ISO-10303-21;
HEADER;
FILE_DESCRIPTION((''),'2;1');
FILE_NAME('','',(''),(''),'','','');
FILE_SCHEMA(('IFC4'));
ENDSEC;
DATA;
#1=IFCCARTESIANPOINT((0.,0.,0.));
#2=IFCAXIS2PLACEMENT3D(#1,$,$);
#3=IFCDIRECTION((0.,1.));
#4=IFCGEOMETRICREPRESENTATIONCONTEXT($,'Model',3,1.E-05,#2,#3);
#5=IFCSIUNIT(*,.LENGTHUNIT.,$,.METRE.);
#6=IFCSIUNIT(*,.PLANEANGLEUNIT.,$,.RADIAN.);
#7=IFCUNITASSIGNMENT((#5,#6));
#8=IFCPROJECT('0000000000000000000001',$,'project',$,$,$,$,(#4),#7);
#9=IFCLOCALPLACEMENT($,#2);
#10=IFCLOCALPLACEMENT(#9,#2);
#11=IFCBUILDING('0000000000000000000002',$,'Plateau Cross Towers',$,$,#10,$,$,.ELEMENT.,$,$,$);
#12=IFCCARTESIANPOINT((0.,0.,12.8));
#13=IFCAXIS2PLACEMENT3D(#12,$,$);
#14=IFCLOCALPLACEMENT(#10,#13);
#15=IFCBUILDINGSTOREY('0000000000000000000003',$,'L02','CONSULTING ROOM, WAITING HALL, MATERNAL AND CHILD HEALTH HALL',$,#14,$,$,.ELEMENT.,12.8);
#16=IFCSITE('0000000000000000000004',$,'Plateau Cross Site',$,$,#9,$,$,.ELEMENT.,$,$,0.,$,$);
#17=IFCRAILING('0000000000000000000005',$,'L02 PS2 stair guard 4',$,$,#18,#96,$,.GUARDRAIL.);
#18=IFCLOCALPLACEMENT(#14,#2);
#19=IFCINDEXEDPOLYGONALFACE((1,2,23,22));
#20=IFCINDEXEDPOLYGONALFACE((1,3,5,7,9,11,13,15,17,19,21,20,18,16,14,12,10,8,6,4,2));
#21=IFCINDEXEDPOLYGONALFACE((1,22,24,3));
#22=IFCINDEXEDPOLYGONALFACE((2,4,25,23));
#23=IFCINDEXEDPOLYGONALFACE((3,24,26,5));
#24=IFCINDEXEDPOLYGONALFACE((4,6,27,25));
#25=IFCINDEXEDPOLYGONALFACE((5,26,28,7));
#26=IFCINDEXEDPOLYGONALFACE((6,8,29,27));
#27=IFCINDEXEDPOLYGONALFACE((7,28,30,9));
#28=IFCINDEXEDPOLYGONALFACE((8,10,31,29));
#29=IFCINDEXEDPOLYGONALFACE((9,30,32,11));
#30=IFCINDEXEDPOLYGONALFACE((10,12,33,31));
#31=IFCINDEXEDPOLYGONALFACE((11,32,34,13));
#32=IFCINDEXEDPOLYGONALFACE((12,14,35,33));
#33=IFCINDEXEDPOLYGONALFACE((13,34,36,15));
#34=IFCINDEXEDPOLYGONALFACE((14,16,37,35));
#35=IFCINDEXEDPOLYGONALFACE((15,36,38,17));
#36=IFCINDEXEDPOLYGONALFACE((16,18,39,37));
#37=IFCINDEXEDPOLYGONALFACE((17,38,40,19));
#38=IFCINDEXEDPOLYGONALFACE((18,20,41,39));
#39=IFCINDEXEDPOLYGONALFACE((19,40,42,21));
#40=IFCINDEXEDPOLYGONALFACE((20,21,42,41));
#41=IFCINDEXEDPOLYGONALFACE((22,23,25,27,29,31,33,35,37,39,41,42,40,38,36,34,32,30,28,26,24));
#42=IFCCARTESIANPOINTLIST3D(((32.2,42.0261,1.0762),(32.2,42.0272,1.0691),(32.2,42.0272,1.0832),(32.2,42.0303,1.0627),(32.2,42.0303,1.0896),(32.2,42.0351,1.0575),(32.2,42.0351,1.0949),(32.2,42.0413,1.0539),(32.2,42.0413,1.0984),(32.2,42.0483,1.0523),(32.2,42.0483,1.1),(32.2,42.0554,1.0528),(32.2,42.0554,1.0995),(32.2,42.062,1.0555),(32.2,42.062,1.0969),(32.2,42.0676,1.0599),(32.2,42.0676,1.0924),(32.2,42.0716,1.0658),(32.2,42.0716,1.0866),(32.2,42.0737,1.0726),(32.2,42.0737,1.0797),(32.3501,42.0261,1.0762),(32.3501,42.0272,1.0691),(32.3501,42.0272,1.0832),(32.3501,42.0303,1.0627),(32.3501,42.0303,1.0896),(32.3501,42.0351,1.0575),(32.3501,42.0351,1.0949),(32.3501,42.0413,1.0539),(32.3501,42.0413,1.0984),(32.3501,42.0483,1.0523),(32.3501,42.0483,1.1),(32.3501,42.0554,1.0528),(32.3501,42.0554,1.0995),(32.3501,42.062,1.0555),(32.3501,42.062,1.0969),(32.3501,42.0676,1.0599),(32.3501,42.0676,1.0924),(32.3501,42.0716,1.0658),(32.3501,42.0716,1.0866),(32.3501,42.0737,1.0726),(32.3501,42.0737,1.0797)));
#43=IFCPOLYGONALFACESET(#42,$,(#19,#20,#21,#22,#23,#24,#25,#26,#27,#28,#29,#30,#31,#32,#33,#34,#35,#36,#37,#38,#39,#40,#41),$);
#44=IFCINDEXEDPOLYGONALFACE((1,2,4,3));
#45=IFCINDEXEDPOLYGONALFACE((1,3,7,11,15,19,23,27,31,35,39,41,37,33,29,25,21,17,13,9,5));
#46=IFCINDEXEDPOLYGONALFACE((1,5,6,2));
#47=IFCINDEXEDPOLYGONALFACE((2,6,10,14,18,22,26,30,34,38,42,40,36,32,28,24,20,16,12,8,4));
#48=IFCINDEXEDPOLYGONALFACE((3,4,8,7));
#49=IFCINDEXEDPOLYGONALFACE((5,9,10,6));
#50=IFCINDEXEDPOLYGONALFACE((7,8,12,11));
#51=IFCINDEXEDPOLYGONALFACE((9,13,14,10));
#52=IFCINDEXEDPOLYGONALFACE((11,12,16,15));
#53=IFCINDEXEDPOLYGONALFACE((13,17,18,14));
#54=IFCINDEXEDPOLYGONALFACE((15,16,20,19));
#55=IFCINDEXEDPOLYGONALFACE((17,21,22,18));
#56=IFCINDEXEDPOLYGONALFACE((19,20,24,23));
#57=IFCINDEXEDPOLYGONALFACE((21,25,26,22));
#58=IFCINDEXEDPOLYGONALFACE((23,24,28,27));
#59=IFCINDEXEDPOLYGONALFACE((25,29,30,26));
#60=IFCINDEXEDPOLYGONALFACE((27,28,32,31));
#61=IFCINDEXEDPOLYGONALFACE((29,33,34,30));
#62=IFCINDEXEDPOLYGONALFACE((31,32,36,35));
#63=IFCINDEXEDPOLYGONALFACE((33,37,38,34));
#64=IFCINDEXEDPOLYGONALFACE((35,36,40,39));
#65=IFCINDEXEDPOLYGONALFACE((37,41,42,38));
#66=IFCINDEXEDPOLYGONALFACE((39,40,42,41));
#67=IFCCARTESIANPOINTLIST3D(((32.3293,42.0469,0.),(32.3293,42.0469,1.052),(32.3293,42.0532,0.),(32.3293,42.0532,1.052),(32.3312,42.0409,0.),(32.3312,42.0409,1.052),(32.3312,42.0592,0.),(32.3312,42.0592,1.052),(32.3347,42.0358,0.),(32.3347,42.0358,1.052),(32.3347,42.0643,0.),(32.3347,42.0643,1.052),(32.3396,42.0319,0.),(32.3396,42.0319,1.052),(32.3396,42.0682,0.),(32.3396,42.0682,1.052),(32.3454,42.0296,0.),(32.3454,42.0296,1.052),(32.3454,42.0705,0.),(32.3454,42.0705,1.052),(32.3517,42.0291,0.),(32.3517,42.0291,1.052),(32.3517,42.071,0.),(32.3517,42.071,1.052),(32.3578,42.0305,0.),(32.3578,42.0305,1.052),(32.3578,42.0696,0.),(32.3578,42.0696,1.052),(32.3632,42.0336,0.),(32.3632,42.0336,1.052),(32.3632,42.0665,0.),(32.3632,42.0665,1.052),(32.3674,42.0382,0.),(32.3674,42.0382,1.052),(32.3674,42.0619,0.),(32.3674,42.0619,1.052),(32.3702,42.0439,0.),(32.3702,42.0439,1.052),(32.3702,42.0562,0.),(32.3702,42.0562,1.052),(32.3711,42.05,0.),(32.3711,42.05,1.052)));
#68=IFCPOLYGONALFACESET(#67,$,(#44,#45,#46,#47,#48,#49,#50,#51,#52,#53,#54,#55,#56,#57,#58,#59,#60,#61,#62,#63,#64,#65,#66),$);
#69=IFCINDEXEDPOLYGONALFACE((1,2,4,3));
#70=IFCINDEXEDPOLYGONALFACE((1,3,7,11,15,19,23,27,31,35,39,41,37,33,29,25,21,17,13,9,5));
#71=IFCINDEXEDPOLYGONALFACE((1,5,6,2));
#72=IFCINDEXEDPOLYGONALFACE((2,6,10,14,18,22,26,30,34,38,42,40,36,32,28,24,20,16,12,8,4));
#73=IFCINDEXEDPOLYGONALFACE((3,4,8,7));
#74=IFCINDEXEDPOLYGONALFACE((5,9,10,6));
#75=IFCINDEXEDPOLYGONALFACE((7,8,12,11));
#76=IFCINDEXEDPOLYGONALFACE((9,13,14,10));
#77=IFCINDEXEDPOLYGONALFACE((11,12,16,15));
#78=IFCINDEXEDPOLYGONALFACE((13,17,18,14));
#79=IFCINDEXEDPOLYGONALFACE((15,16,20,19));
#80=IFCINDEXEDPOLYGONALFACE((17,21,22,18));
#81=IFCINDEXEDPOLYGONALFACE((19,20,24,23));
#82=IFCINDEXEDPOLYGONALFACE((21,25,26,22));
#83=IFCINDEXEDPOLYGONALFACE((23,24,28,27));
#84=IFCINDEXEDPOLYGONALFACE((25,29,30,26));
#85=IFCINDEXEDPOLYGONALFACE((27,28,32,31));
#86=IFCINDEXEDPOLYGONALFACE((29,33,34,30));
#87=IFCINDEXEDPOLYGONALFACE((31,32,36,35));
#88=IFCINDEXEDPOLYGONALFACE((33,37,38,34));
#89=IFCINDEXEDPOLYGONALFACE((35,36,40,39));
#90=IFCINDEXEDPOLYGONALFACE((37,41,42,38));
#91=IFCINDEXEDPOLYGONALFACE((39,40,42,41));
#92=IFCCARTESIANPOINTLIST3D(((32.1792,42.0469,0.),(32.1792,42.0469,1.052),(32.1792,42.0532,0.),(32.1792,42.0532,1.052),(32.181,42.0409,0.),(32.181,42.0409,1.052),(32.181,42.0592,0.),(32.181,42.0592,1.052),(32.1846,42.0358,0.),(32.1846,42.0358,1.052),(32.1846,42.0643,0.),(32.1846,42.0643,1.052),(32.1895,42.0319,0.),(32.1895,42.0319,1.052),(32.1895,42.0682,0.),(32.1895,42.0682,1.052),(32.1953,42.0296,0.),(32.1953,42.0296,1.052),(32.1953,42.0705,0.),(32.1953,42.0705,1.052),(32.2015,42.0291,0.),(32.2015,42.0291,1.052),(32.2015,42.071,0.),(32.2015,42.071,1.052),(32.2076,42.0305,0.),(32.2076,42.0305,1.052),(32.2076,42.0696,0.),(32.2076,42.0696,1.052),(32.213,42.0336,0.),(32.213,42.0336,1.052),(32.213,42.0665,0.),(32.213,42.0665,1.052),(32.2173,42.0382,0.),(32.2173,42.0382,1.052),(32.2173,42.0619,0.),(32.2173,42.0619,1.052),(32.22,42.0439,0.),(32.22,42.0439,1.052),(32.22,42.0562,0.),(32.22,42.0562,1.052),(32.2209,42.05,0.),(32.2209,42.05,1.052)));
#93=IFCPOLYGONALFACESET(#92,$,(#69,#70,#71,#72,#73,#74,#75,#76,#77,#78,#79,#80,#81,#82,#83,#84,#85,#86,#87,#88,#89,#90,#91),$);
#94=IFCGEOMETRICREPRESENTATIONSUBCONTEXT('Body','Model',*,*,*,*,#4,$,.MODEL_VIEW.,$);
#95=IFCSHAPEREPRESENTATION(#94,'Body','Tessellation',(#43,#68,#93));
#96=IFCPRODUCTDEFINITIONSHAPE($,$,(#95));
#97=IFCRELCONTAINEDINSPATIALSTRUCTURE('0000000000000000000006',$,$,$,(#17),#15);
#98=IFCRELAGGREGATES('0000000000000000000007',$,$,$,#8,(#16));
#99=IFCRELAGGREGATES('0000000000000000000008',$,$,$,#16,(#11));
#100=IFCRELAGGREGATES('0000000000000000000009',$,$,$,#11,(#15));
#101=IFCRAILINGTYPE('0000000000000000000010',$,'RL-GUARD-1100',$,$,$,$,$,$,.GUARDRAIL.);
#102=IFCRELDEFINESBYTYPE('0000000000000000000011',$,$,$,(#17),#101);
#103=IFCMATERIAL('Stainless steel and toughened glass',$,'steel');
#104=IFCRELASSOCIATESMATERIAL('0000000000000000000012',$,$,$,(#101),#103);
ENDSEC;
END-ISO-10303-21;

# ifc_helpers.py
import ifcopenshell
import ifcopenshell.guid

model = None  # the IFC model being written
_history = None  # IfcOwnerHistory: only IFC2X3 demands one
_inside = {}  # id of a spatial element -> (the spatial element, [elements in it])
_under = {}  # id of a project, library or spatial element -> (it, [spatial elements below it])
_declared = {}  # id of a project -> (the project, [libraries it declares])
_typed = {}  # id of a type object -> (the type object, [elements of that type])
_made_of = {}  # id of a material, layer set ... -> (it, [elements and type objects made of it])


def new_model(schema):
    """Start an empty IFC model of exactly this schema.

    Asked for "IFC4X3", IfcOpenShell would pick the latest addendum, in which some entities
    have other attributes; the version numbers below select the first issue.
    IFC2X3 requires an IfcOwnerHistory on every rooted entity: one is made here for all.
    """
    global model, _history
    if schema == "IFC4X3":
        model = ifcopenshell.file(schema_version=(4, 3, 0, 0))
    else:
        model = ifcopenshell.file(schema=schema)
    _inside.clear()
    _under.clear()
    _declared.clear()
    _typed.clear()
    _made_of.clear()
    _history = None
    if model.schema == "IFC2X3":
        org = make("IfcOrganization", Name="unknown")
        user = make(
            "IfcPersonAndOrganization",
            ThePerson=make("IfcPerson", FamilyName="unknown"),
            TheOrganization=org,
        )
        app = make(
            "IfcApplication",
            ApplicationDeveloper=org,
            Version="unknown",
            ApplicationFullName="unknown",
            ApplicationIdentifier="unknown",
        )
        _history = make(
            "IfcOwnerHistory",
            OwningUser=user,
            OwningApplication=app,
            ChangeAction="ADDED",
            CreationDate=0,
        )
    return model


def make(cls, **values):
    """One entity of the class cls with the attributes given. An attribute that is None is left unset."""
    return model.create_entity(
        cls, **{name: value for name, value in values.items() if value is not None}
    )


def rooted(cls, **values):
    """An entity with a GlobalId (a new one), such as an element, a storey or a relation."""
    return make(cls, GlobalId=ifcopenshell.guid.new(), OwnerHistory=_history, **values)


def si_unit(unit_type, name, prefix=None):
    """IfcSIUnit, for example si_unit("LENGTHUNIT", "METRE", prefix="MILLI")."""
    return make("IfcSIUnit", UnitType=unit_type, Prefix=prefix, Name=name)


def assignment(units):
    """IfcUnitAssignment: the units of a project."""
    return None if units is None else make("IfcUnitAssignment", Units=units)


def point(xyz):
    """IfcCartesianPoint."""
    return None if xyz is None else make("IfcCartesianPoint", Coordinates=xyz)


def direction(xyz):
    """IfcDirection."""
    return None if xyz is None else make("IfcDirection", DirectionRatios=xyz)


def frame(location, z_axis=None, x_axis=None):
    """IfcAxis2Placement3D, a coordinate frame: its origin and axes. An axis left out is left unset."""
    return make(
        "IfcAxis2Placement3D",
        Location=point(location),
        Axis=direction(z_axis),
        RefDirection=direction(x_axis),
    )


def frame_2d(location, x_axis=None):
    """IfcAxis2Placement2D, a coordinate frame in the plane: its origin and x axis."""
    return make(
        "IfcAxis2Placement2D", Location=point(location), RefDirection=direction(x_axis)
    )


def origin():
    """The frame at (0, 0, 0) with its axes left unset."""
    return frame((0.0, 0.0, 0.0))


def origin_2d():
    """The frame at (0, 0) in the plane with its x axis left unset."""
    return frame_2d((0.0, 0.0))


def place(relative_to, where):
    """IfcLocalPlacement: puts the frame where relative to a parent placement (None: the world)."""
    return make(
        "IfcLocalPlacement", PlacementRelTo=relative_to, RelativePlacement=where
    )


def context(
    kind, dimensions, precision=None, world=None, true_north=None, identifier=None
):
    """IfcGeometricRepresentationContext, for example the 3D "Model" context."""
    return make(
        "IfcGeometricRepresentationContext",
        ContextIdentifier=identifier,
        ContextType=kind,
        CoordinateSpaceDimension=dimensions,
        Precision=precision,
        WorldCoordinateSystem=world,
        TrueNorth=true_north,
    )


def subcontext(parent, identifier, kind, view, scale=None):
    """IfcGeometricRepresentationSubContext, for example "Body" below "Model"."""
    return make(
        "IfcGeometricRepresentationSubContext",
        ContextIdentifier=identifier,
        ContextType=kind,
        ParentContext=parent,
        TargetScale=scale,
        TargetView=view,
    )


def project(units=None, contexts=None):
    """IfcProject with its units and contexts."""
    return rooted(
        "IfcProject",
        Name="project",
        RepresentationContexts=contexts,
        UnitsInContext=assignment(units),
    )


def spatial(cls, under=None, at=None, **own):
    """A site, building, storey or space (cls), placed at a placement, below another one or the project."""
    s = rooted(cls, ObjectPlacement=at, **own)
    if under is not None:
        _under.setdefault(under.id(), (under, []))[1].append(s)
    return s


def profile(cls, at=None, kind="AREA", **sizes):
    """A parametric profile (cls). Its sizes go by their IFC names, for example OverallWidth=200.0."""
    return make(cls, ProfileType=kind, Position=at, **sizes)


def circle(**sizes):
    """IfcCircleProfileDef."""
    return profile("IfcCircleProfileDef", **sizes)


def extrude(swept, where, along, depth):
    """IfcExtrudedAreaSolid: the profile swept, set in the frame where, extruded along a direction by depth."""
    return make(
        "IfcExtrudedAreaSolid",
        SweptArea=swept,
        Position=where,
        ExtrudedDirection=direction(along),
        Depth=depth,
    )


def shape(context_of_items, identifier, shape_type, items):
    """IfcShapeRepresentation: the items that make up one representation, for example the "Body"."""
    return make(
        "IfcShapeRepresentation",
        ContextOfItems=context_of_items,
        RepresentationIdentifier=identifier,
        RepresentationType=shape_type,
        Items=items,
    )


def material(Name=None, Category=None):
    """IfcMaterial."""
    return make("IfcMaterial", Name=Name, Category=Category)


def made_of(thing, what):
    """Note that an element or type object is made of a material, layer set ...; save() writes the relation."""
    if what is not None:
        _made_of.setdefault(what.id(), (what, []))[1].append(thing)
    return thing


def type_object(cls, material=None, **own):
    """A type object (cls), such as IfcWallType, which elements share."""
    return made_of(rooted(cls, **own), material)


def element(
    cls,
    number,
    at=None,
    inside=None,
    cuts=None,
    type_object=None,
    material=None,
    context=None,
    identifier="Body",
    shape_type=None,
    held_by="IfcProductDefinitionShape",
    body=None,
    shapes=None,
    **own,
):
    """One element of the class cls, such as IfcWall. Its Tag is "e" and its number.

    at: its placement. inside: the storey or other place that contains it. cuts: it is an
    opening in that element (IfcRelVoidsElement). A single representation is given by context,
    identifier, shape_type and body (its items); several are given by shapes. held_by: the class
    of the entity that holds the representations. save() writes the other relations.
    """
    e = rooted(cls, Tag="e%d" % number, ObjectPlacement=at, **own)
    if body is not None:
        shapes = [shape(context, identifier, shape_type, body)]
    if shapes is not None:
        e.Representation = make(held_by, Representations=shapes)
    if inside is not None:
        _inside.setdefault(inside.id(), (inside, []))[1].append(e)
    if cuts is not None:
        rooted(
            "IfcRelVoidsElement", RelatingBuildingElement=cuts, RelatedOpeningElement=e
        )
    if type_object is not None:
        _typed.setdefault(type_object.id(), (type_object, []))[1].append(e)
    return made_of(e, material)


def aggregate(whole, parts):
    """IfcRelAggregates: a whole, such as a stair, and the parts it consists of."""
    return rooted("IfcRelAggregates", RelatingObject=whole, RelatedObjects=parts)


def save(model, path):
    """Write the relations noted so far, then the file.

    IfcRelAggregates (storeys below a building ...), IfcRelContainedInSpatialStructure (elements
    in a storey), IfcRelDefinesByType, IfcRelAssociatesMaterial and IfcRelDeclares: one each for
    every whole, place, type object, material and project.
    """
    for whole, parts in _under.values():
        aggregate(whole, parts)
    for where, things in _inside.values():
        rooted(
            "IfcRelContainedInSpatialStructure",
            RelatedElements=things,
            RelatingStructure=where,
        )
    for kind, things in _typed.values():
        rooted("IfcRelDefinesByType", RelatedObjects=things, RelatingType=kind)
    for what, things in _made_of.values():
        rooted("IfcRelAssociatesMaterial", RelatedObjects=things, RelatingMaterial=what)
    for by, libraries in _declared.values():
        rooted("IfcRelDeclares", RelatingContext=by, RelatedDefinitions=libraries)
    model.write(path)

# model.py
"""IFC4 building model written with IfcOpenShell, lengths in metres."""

from ifc_helpers import new_model, si_unit, direction, frame, origin, origin_2d, place, context, subcontext, project, spatial, circle, extrude, material, type_object, element, save


model = new_model("IFC4")

# Units and contexts
model_context = context("Model", 3, precision=1e-05, world=origin(), true_north=direction((0.0, 1.0)))
body_context = subcontext(model_context, "Body", "Model", "MODEL_VIEW")
ifc_project = project(units=[si_unit("LENGTHUNIT", "METRE"), si_unit("PLANEANGLEUNIT", "RADIAN")], contexts=[model_context])

# Site, building, storey
site_placement = place(None, origin())
site = spatial("IfcSite", under=ifc_project, at=site_placement, Name="Plateau Cross Site", CompositionType="ELEMENT", RefElevation=0.0)
building_placement = place(site_placement, origin())
building = spatial("IfcBuilding", under=site, at=building_placement, Name="Plateau Cross Towers", CompositionType="ELEMENT")
storey_placement = place(building_placement, frame((0.0, 0.0, 12.8)))
storey = spatial("IfcBuildingStorey", under=building, at=storey_placement, Name="L02", Description="CONSULTING ROOM, WAITING HALL, MATERNAL AND CHILD HEALTH HALL", CompositionType="ELEMENT", Elevation=12.8)

# Railing
ifc_material_1 = material(Name="Stainless steel and toughened glass", Category="steel")
railing_type_1 = type_object("IfcRailingType", Name="RL-GUARD-1100", PredefinedType="GUARDRAIL", material=ifc_material_1)
railing_1_placement = place(storey_placement, frame((32.3501, 42.05, 0.0)))
element("IfcRailing", 1, at=railing_1_placement, inside=storey, type_object=railing_type_1, Name="L02 PS2 stair guard 4", PredefinedType="GUARDRAIL", context=body_context, shape_type="SweptSolid", body=[
    extrude(circle(Radius=0.0239, at=origin_2d()), frame((0.0, 0.0, 1.0762), z_axis=(-1.0, 0.0, 0.0), x_axis=(0.0, -1.0, 0.0)), (0.0, 0.0, 1.0), 0.1501),
    extrude(circle(Radius=0.021, at=origin_2d()), origin(), (0.0, 0.0, 1.0), 1.052),
    extrude(circle(Radius=0.021, at=origin_2d()), frame((-0.1501, 0.0, 0.0)), (0.0, 0.0, 1.0), 1.052),
])

save(model, "model.ifc")
